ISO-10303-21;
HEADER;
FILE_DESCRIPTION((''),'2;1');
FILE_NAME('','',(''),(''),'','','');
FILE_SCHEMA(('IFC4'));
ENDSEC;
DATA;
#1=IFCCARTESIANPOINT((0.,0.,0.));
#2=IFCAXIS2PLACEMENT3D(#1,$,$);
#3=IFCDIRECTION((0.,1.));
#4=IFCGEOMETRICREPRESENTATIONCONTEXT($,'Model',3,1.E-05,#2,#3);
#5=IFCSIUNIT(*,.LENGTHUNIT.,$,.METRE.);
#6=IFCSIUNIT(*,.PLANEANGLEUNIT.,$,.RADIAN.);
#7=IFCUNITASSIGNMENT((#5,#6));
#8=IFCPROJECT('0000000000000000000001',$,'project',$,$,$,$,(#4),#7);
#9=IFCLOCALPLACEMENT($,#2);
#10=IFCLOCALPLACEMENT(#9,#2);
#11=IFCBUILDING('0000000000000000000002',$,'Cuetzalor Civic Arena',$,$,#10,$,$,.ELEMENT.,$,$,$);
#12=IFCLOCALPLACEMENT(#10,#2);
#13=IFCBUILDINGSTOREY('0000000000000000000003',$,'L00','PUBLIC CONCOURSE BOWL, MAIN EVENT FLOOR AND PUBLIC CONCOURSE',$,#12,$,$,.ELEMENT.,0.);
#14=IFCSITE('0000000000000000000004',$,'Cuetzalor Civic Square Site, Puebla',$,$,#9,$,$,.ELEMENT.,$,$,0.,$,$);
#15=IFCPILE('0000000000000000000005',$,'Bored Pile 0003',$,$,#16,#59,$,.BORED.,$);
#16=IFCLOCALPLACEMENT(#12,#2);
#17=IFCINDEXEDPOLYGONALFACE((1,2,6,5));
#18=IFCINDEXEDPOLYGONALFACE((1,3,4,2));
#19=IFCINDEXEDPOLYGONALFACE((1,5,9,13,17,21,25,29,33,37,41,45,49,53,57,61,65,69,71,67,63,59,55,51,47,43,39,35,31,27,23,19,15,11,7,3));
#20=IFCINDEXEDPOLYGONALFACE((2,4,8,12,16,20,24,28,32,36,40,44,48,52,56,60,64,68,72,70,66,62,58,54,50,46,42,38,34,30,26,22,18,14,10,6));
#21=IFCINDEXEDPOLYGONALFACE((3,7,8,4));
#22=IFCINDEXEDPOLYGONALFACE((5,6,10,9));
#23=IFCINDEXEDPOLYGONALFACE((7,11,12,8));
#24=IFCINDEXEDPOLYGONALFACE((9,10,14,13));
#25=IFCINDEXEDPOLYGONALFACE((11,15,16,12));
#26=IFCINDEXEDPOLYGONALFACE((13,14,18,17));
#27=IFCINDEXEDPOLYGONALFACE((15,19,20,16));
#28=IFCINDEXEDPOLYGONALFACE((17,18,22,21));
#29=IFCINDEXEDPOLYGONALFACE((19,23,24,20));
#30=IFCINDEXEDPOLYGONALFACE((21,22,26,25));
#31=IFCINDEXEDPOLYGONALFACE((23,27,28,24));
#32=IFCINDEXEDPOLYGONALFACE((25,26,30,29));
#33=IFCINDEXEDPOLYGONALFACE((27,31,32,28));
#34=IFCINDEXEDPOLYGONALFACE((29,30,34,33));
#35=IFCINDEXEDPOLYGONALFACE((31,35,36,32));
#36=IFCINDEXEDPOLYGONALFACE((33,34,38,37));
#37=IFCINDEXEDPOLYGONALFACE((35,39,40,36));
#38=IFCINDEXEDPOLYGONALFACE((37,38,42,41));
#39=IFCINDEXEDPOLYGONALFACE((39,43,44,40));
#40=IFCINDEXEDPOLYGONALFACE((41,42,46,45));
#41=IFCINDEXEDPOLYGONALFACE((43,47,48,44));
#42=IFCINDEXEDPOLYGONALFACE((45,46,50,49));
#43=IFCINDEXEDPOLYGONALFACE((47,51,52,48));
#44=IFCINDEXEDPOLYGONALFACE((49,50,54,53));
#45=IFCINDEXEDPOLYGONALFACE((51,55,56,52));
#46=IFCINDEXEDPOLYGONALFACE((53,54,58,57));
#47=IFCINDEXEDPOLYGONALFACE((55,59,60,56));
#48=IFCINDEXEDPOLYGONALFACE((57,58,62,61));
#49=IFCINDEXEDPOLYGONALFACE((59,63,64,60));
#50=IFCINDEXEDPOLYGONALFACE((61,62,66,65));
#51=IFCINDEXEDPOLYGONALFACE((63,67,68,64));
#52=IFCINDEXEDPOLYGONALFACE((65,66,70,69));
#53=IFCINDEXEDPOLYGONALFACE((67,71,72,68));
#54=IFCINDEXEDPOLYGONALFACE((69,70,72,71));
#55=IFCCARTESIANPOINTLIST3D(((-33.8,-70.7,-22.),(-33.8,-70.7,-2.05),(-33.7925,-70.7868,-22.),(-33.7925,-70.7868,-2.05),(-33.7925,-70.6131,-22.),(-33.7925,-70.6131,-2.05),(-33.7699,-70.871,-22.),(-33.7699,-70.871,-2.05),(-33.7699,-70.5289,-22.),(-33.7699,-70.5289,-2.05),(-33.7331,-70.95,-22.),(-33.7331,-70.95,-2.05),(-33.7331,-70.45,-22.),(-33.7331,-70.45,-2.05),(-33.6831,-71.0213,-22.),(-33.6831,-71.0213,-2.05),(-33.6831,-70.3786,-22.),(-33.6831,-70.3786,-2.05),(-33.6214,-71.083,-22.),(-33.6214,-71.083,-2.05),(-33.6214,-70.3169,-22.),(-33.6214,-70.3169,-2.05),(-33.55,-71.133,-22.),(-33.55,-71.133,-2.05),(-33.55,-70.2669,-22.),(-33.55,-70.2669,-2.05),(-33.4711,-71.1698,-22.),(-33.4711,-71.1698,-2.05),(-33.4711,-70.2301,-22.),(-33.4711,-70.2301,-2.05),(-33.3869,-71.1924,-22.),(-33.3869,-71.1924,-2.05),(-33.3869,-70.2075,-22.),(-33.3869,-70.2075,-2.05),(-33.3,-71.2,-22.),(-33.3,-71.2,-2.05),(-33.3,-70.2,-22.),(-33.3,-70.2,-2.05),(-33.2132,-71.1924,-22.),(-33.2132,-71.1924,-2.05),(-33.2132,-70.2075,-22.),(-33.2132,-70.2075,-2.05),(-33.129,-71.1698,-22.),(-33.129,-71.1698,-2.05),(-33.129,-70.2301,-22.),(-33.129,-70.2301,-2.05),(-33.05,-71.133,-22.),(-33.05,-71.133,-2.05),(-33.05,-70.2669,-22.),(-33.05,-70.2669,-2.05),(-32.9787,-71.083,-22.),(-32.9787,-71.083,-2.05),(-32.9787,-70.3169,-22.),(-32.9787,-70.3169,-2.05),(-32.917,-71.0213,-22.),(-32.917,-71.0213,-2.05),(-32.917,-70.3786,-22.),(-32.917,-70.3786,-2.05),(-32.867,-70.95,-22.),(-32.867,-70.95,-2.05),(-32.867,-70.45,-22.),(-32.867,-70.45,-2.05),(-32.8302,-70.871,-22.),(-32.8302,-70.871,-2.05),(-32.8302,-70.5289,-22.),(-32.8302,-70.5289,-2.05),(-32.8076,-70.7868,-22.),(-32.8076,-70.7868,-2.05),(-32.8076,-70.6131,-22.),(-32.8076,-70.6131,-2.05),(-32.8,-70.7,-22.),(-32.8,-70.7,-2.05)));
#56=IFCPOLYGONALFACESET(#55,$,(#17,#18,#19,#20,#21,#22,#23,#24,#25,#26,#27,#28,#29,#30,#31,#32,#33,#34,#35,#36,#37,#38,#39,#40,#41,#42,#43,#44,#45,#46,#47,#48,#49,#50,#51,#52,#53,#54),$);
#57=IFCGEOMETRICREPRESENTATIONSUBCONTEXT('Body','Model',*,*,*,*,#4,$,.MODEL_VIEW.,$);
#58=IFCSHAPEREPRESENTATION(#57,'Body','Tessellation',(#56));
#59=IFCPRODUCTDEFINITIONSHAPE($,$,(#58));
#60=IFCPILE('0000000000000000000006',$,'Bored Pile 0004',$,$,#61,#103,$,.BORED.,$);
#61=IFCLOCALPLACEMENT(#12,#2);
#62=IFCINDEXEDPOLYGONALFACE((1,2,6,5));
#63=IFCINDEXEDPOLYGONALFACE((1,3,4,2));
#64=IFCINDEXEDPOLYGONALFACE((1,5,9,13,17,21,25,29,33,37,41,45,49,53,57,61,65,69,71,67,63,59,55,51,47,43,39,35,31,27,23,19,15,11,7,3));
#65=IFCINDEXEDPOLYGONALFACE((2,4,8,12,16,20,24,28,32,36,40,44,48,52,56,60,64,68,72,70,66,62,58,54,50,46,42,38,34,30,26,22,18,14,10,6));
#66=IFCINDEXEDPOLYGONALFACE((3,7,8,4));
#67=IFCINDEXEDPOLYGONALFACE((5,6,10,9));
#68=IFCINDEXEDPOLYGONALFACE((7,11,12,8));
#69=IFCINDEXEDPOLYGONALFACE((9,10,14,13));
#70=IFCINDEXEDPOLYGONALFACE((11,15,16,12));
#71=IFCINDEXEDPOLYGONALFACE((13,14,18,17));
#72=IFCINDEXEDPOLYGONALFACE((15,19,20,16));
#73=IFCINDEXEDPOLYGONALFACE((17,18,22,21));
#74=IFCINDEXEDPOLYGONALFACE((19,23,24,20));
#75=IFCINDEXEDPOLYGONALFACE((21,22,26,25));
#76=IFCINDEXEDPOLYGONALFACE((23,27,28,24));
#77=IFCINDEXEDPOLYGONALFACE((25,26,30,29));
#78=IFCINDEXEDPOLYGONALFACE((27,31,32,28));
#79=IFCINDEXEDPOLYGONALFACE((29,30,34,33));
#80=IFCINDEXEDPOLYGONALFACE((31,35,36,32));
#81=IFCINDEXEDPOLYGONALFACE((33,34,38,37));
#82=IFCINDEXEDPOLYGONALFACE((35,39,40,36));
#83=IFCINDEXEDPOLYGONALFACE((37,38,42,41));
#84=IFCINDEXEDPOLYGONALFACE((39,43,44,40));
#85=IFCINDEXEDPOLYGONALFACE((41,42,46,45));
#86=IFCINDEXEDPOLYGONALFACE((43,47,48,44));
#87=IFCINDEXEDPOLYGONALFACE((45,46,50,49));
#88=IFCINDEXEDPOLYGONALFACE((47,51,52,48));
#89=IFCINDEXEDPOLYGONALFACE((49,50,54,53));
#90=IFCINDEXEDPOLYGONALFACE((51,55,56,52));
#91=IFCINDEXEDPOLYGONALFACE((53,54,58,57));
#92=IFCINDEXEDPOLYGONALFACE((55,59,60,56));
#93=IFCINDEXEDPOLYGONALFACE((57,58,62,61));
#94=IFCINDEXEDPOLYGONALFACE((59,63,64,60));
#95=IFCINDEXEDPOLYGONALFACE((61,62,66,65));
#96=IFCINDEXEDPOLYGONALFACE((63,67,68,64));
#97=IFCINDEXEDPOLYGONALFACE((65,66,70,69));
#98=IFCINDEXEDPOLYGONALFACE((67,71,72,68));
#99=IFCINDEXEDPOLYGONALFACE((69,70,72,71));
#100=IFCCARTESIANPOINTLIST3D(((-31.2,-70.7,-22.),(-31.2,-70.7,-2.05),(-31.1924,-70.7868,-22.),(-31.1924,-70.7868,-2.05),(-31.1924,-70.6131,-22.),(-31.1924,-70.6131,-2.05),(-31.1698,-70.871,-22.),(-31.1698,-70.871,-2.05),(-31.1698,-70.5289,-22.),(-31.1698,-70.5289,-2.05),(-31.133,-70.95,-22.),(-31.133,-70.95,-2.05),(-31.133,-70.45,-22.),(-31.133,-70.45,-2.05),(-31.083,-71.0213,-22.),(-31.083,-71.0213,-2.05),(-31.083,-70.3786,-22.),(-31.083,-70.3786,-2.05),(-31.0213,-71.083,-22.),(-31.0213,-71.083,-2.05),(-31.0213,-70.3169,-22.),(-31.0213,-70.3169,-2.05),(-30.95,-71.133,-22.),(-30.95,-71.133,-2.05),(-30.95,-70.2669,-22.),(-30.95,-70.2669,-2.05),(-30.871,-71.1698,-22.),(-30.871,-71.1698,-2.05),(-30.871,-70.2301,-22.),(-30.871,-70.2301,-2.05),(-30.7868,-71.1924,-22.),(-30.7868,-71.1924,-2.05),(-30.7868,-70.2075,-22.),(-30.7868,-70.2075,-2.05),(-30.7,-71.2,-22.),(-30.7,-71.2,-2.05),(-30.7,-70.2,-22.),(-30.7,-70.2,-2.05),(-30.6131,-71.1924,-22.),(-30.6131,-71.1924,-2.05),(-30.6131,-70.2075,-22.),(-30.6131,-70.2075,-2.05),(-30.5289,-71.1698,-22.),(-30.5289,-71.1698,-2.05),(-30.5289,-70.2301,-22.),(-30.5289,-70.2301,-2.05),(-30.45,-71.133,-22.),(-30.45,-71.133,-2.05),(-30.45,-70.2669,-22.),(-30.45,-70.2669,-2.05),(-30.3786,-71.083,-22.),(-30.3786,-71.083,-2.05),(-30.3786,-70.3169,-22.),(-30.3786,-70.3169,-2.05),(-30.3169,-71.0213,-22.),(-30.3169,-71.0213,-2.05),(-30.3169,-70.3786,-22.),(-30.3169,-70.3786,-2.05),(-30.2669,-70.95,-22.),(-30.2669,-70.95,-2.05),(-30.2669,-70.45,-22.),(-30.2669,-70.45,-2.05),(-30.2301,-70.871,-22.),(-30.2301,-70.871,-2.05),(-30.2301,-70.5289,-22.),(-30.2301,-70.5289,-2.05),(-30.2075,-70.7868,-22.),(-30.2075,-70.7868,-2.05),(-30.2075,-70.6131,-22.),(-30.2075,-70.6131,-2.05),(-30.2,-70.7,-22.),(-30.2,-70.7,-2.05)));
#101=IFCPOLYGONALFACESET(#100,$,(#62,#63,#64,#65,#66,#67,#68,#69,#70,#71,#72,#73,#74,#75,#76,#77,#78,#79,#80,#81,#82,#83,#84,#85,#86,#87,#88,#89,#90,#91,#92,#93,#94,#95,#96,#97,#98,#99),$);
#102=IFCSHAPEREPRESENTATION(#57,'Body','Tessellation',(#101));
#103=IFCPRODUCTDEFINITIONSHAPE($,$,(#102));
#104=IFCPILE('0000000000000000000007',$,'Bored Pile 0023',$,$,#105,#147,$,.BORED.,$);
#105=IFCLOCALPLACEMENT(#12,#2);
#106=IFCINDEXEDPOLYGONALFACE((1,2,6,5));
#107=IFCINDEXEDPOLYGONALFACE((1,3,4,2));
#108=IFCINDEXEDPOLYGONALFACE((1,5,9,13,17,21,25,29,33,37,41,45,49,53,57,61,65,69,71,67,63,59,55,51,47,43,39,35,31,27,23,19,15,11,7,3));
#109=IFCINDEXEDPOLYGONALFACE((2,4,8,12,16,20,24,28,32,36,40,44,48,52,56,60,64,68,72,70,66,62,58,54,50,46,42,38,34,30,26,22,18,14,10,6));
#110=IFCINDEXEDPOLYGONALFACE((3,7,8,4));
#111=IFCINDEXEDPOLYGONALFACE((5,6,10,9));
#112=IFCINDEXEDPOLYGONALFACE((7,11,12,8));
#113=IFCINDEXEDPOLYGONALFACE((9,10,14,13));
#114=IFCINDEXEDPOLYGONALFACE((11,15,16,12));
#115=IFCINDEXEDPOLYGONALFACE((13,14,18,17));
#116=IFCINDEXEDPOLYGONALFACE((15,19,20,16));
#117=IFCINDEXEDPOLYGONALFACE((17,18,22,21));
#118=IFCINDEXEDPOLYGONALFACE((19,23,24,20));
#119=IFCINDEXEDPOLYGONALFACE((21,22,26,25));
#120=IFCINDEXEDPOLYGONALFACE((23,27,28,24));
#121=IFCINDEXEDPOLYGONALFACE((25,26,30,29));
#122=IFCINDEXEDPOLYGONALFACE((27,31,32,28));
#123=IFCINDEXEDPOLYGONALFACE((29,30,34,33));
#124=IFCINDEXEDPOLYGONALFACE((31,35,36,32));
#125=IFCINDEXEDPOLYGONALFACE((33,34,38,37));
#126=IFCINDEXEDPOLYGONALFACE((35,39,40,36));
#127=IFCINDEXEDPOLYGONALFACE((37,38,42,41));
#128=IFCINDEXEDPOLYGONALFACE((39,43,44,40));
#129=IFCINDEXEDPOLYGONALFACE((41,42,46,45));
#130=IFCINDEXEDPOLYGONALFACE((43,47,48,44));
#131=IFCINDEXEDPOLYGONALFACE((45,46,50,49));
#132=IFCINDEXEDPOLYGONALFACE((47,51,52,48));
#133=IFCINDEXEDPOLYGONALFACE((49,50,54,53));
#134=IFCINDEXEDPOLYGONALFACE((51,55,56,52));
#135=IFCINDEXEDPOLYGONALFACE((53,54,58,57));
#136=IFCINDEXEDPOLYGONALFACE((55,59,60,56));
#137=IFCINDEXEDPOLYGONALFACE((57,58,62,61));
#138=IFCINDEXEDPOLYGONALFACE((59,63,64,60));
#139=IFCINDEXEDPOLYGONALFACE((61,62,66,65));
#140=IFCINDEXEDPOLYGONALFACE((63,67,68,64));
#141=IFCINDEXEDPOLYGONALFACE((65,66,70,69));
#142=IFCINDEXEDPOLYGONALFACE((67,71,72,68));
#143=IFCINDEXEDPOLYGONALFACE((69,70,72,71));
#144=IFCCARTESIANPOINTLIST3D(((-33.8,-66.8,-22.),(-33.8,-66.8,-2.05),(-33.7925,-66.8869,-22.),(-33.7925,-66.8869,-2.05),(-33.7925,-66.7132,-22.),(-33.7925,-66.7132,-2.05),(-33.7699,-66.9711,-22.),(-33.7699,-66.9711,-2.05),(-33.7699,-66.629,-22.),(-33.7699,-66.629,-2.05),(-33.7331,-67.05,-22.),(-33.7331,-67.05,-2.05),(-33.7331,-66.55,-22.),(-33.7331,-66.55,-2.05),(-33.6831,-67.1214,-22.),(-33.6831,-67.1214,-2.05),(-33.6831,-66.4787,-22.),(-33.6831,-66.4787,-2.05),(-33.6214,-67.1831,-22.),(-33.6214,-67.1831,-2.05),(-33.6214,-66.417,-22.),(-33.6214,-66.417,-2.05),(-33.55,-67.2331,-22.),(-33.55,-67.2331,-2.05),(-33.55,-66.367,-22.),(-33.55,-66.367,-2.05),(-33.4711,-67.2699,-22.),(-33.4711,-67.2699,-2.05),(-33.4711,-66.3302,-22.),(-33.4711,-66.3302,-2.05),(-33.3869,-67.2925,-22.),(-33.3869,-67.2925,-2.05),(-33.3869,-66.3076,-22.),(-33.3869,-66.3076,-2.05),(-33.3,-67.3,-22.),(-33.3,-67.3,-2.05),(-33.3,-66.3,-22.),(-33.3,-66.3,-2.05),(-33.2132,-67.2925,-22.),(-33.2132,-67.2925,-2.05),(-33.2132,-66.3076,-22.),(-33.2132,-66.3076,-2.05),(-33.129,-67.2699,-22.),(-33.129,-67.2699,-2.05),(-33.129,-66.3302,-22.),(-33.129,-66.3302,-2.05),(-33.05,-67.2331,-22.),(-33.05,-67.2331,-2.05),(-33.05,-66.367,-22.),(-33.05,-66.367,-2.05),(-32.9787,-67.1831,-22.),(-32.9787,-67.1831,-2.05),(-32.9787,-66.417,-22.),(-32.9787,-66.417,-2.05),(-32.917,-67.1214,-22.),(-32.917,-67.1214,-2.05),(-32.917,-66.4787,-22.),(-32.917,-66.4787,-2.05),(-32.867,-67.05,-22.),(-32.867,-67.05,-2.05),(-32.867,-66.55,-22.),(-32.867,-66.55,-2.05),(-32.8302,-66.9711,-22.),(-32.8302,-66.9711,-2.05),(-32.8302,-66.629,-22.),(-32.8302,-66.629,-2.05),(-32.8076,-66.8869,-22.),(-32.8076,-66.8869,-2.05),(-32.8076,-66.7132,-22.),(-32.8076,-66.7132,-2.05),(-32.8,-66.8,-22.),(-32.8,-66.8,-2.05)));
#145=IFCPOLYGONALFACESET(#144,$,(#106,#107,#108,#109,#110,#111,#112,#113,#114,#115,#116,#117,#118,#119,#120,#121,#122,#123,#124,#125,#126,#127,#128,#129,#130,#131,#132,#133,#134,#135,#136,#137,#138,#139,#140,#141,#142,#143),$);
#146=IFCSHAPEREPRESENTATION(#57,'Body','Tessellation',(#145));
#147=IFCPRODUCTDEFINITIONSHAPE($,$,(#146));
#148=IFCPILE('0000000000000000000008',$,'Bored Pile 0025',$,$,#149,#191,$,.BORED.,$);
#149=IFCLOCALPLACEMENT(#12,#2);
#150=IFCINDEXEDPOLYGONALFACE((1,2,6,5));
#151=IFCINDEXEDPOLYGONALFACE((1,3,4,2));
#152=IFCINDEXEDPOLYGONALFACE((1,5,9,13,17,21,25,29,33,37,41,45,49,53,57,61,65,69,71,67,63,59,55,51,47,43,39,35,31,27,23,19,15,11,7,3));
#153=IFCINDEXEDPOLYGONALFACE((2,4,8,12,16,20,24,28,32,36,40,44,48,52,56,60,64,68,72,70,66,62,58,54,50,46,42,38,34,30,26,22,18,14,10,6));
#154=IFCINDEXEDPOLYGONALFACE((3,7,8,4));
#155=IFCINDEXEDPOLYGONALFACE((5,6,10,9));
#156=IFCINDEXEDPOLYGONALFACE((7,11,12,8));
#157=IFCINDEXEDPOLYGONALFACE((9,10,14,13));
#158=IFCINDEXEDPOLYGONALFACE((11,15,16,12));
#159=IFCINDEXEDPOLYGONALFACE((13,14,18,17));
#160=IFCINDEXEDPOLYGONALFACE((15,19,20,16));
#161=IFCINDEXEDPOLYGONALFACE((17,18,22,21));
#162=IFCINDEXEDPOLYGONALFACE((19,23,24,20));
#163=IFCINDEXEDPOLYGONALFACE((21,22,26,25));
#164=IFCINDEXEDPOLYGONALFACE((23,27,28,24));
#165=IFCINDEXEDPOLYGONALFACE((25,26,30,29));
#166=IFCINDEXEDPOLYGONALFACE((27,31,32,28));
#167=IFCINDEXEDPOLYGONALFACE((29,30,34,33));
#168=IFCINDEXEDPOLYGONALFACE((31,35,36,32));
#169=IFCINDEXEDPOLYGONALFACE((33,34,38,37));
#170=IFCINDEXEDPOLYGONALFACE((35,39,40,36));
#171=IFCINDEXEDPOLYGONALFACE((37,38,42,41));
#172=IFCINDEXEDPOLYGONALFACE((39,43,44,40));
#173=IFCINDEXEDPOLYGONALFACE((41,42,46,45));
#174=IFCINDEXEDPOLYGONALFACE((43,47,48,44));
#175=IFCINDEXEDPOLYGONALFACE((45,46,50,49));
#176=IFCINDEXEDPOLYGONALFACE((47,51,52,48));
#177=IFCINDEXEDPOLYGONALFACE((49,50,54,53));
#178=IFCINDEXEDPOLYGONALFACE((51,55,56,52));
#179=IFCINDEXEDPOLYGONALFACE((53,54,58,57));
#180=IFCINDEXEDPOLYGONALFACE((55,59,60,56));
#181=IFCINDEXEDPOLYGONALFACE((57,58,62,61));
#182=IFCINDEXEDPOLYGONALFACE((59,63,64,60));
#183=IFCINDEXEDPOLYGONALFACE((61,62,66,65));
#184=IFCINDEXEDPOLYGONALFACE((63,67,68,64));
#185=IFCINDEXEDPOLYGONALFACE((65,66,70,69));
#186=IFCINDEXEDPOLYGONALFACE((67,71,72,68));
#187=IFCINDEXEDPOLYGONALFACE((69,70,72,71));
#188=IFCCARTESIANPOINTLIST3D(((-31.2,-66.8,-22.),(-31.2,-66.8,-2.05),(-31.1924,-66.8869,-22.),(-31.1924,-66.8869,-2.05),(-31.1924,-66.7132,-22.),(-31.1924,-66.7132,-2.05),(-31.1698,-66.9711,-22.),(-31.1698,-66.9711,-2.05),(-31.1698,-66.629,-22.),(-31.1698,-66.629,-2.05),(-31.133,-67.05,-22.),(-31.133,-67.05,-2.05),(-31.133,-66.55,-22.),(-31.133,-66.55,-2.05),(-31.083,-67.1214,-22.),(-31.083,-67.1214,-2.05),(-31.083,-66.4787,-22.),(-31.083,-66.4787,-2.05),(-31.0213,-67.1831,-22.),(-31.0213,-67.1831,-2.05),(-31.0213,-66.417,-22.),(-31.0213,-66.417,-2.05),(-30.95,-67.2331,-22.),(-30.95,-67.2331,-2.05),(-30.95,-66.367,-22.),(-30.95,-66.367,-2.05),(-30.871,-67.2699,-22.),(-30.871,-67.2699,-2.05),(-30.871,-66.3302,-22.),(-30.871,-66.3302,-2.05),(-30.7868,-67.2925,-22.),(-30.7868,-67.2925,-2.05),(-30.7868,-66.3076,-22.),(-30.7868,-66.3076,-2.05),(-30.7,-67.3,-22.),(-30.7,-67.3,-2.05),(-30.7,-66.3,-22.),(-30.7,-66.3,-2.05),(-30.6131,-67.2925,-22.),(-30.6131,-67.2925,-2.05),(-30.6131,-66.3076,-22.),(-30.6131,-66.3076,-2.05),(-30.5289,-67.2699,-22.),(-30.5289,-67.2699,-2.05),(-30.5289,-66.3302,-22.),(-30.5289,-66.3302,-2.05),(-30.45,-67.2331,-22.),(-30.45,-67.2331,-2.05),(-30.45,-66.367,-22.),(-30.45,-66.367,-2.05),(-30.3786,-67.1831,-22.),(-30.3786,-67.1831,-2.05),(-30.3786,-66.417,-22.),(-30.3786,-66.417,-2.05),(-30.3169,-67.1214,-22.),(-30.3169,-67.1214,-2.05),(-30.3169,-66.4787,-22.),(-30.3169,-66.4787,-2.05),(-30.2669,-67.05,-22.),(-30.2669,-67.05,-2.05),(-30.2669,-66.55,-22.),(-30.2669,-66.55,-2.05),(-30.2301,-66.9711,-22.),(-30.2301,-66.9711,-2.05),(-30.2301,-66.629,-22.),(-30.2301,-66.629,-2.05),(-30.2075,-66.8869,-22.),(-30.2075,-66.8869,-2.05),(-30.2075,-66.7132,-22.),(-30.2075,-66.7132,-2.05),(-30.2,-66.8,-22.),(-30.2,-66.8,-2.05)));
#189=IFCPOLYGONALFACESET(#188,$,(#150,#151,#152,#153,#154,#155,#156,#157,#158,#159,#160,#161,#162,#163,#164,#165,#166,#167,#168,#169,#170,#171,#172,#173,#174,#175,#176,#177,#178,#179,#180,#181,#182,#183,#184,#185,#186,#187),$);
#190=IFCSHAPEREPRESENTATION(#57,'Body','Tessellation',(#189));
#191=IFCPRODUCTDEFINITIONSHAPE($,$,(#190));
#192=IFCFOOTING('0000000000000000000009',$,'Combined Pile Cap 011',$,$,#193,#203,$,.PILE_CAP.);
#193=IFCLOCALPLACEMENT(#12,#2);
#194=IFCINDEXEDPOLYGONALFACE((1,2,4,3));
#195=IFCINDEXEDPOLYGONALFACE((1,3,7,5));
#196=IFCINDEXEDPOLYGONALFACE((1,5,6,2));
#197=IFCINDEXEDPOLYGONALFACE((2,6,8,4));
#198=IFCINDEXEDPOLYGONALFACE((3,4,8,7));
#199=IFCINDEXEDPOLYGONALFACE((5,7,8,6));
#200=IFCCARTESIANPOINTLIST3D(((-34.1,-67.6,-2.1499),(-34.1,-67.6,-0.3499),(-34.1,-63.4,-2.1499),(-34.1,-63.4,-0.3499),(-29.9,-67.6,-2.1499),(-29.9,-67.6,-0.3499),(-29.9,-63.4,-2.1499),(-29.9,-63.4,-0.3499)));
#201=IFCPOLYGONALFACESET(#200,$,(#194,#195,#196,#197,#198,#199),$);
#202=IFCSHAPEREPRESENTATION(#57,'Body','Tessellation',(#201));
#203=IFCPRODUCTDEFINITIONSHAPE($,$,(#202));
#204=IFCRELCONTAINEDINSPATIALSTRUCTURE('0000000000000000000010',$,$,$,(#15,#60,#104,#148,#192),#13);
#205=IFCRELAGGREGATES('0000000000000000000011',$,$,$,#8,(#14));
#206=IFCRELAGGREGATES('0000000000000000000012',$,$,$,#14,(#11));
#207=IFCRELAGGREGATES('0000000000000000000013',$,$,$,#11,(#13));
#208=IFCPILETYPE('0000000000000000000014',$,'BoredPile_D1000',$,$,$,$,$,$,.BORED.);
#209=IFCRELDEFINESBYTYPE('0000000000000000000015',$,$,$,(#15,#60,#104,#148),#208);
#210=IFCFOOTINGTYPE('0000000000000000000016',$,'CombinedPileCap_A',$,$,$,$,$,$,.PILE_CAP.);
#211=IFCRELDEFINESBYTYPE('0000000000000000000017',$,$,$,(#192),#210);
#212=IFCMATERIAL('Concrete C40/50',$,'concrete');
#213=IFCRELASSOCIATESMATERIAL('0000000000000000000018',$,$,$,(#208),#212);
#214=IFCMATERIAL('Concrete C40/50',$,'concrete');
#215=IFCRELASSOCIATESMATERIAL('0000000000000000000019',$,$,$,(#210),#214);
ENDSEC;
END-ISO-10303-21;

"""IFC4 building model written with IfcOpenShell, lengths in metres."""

from ifc_helpers import new_model, si_unit, direction, frame, origin, origin_2d, place, context, subcontext, project, spatial, rectangle, circle, extrude, material, material_profile, profile_set, type_object, element, save


model = new_model("IFC4")

# Units and contexts
model_context = context("Model", 3, precision=1e-05, world=origin(), true_north=direction((0.0, 1.0)))
body_context = subcontext(model_context, "Body", "Model", "MODEL_VIEW")
ifc_project = project(units=[si_unit("LENGTHUNIT", "METRE"), si_unit("PLANEANGLEUNIT", "RADIAN")], contexts=[model_context])

# Site, building, storey
site_placement = place(None, origin())
site = spatial("IfcSite", under=ifc_project, at=site_placement, Name="Cuetzalor Civic Square Site, Puebla", CompositionType="ELEMENT", RefElevation=0.0)
building_placement = place(site_placement, origin())
building = spatial("IfcBuilding", under=site, at=building_placement, Name="Cuetzalor Civic Arena", CompositionType="ELEMENT")
storey_placement = place(building_placement, origin())
storey = spatial("IfcBuildingStorey", under=building, at=storey_placement, Name="L00", Description="PUBLIC CONCOURSE BOWL, MAIN EVENT FLOOR AND PUBLIC CONCOURSE", CompositionType="ELEMENT", Elevation=0.0)

# Piles
ifc_material_1 = material(Name="Concrete C40/50", Category="concrete")
ifc_material_profile_1 = material_profile(ifc_material_1, circle(Radius=0.5, at=origin_2d()), Name="BORED PILE D1000")
ifc_profile_set_1 = profile_set([ifc_material_profile_1], Name="Concrete C40/50")
pile_type = type_object("IfcPileType", Name="BoredPile_D1000", PredefinedType="BORED", material=ifc_profile_set_1)
for number, where, z_axis, x_axis, name in (
    (1, (-33.3, -70.7, -2.05), (0.0, 0.0, -1.0), (1.0, 0.0, 0.0), "Bored Pile 0003"),
    (2, (-30.7, -70.7, -2.05), (0.0, 0.0, -1.0), (1.0, 0.0, 0.0), "Bored Pile 0004"),
    (3, (-33.3, -66.8, -2.05), (0.0, 0.0, -1.0), (1.0, 0.0, 0.0), "Bored Pile 0023"),
    (4, (-30.7, -66.8, -2.05), (0.0, 0.0, -1.0), (1.0, 0.0, 0.0), "Bored Pile 0025"),
):
    element("IfcPile", number, at=place(storey_placement, frame(where, z_axis=z_axis, x_axis=x_axis)), inside=storey, type_object=pile_type, Name=name, PredefinedType="BORED", context=body_context, shape_type="SweptSolid", body=[
        extrude(circle(Radius=0.5, at=origin_2d()), origin(), (0.0, 0.0, 1.0), 19.95),
    ])

# Footing
ifc_material_2 = material(Name="Concrete C40/50", Category="concrete")
footing_type_1 = type_object("IfcFootingType", Name="CombinedPileCap_A", PredefinedType="PILE_CAP", material=ifc_material_2)
footing_1_placement = place(storey_placement, frame((-32.0, -65.5, -2.1499), z_axis=(0.0, 0.0, 1.0), x_axis=(1.0, 0.0, 0.0)))
element("IfcFooting", 5, at=footing_1_placement, inside=storey, type_object=footing_type_1, Name="Combined Pile Cap 011", PredefinedType="PILE_CAP", context=body_context, shape_type="SweptSolid", body=[
    extrude(rectangle(XDim=4.2, YDim=4.2, at=origin_2d()), origin(), (0.0, 0.0, 1.0), 1.8),
])

save(model, "model.ifc")
